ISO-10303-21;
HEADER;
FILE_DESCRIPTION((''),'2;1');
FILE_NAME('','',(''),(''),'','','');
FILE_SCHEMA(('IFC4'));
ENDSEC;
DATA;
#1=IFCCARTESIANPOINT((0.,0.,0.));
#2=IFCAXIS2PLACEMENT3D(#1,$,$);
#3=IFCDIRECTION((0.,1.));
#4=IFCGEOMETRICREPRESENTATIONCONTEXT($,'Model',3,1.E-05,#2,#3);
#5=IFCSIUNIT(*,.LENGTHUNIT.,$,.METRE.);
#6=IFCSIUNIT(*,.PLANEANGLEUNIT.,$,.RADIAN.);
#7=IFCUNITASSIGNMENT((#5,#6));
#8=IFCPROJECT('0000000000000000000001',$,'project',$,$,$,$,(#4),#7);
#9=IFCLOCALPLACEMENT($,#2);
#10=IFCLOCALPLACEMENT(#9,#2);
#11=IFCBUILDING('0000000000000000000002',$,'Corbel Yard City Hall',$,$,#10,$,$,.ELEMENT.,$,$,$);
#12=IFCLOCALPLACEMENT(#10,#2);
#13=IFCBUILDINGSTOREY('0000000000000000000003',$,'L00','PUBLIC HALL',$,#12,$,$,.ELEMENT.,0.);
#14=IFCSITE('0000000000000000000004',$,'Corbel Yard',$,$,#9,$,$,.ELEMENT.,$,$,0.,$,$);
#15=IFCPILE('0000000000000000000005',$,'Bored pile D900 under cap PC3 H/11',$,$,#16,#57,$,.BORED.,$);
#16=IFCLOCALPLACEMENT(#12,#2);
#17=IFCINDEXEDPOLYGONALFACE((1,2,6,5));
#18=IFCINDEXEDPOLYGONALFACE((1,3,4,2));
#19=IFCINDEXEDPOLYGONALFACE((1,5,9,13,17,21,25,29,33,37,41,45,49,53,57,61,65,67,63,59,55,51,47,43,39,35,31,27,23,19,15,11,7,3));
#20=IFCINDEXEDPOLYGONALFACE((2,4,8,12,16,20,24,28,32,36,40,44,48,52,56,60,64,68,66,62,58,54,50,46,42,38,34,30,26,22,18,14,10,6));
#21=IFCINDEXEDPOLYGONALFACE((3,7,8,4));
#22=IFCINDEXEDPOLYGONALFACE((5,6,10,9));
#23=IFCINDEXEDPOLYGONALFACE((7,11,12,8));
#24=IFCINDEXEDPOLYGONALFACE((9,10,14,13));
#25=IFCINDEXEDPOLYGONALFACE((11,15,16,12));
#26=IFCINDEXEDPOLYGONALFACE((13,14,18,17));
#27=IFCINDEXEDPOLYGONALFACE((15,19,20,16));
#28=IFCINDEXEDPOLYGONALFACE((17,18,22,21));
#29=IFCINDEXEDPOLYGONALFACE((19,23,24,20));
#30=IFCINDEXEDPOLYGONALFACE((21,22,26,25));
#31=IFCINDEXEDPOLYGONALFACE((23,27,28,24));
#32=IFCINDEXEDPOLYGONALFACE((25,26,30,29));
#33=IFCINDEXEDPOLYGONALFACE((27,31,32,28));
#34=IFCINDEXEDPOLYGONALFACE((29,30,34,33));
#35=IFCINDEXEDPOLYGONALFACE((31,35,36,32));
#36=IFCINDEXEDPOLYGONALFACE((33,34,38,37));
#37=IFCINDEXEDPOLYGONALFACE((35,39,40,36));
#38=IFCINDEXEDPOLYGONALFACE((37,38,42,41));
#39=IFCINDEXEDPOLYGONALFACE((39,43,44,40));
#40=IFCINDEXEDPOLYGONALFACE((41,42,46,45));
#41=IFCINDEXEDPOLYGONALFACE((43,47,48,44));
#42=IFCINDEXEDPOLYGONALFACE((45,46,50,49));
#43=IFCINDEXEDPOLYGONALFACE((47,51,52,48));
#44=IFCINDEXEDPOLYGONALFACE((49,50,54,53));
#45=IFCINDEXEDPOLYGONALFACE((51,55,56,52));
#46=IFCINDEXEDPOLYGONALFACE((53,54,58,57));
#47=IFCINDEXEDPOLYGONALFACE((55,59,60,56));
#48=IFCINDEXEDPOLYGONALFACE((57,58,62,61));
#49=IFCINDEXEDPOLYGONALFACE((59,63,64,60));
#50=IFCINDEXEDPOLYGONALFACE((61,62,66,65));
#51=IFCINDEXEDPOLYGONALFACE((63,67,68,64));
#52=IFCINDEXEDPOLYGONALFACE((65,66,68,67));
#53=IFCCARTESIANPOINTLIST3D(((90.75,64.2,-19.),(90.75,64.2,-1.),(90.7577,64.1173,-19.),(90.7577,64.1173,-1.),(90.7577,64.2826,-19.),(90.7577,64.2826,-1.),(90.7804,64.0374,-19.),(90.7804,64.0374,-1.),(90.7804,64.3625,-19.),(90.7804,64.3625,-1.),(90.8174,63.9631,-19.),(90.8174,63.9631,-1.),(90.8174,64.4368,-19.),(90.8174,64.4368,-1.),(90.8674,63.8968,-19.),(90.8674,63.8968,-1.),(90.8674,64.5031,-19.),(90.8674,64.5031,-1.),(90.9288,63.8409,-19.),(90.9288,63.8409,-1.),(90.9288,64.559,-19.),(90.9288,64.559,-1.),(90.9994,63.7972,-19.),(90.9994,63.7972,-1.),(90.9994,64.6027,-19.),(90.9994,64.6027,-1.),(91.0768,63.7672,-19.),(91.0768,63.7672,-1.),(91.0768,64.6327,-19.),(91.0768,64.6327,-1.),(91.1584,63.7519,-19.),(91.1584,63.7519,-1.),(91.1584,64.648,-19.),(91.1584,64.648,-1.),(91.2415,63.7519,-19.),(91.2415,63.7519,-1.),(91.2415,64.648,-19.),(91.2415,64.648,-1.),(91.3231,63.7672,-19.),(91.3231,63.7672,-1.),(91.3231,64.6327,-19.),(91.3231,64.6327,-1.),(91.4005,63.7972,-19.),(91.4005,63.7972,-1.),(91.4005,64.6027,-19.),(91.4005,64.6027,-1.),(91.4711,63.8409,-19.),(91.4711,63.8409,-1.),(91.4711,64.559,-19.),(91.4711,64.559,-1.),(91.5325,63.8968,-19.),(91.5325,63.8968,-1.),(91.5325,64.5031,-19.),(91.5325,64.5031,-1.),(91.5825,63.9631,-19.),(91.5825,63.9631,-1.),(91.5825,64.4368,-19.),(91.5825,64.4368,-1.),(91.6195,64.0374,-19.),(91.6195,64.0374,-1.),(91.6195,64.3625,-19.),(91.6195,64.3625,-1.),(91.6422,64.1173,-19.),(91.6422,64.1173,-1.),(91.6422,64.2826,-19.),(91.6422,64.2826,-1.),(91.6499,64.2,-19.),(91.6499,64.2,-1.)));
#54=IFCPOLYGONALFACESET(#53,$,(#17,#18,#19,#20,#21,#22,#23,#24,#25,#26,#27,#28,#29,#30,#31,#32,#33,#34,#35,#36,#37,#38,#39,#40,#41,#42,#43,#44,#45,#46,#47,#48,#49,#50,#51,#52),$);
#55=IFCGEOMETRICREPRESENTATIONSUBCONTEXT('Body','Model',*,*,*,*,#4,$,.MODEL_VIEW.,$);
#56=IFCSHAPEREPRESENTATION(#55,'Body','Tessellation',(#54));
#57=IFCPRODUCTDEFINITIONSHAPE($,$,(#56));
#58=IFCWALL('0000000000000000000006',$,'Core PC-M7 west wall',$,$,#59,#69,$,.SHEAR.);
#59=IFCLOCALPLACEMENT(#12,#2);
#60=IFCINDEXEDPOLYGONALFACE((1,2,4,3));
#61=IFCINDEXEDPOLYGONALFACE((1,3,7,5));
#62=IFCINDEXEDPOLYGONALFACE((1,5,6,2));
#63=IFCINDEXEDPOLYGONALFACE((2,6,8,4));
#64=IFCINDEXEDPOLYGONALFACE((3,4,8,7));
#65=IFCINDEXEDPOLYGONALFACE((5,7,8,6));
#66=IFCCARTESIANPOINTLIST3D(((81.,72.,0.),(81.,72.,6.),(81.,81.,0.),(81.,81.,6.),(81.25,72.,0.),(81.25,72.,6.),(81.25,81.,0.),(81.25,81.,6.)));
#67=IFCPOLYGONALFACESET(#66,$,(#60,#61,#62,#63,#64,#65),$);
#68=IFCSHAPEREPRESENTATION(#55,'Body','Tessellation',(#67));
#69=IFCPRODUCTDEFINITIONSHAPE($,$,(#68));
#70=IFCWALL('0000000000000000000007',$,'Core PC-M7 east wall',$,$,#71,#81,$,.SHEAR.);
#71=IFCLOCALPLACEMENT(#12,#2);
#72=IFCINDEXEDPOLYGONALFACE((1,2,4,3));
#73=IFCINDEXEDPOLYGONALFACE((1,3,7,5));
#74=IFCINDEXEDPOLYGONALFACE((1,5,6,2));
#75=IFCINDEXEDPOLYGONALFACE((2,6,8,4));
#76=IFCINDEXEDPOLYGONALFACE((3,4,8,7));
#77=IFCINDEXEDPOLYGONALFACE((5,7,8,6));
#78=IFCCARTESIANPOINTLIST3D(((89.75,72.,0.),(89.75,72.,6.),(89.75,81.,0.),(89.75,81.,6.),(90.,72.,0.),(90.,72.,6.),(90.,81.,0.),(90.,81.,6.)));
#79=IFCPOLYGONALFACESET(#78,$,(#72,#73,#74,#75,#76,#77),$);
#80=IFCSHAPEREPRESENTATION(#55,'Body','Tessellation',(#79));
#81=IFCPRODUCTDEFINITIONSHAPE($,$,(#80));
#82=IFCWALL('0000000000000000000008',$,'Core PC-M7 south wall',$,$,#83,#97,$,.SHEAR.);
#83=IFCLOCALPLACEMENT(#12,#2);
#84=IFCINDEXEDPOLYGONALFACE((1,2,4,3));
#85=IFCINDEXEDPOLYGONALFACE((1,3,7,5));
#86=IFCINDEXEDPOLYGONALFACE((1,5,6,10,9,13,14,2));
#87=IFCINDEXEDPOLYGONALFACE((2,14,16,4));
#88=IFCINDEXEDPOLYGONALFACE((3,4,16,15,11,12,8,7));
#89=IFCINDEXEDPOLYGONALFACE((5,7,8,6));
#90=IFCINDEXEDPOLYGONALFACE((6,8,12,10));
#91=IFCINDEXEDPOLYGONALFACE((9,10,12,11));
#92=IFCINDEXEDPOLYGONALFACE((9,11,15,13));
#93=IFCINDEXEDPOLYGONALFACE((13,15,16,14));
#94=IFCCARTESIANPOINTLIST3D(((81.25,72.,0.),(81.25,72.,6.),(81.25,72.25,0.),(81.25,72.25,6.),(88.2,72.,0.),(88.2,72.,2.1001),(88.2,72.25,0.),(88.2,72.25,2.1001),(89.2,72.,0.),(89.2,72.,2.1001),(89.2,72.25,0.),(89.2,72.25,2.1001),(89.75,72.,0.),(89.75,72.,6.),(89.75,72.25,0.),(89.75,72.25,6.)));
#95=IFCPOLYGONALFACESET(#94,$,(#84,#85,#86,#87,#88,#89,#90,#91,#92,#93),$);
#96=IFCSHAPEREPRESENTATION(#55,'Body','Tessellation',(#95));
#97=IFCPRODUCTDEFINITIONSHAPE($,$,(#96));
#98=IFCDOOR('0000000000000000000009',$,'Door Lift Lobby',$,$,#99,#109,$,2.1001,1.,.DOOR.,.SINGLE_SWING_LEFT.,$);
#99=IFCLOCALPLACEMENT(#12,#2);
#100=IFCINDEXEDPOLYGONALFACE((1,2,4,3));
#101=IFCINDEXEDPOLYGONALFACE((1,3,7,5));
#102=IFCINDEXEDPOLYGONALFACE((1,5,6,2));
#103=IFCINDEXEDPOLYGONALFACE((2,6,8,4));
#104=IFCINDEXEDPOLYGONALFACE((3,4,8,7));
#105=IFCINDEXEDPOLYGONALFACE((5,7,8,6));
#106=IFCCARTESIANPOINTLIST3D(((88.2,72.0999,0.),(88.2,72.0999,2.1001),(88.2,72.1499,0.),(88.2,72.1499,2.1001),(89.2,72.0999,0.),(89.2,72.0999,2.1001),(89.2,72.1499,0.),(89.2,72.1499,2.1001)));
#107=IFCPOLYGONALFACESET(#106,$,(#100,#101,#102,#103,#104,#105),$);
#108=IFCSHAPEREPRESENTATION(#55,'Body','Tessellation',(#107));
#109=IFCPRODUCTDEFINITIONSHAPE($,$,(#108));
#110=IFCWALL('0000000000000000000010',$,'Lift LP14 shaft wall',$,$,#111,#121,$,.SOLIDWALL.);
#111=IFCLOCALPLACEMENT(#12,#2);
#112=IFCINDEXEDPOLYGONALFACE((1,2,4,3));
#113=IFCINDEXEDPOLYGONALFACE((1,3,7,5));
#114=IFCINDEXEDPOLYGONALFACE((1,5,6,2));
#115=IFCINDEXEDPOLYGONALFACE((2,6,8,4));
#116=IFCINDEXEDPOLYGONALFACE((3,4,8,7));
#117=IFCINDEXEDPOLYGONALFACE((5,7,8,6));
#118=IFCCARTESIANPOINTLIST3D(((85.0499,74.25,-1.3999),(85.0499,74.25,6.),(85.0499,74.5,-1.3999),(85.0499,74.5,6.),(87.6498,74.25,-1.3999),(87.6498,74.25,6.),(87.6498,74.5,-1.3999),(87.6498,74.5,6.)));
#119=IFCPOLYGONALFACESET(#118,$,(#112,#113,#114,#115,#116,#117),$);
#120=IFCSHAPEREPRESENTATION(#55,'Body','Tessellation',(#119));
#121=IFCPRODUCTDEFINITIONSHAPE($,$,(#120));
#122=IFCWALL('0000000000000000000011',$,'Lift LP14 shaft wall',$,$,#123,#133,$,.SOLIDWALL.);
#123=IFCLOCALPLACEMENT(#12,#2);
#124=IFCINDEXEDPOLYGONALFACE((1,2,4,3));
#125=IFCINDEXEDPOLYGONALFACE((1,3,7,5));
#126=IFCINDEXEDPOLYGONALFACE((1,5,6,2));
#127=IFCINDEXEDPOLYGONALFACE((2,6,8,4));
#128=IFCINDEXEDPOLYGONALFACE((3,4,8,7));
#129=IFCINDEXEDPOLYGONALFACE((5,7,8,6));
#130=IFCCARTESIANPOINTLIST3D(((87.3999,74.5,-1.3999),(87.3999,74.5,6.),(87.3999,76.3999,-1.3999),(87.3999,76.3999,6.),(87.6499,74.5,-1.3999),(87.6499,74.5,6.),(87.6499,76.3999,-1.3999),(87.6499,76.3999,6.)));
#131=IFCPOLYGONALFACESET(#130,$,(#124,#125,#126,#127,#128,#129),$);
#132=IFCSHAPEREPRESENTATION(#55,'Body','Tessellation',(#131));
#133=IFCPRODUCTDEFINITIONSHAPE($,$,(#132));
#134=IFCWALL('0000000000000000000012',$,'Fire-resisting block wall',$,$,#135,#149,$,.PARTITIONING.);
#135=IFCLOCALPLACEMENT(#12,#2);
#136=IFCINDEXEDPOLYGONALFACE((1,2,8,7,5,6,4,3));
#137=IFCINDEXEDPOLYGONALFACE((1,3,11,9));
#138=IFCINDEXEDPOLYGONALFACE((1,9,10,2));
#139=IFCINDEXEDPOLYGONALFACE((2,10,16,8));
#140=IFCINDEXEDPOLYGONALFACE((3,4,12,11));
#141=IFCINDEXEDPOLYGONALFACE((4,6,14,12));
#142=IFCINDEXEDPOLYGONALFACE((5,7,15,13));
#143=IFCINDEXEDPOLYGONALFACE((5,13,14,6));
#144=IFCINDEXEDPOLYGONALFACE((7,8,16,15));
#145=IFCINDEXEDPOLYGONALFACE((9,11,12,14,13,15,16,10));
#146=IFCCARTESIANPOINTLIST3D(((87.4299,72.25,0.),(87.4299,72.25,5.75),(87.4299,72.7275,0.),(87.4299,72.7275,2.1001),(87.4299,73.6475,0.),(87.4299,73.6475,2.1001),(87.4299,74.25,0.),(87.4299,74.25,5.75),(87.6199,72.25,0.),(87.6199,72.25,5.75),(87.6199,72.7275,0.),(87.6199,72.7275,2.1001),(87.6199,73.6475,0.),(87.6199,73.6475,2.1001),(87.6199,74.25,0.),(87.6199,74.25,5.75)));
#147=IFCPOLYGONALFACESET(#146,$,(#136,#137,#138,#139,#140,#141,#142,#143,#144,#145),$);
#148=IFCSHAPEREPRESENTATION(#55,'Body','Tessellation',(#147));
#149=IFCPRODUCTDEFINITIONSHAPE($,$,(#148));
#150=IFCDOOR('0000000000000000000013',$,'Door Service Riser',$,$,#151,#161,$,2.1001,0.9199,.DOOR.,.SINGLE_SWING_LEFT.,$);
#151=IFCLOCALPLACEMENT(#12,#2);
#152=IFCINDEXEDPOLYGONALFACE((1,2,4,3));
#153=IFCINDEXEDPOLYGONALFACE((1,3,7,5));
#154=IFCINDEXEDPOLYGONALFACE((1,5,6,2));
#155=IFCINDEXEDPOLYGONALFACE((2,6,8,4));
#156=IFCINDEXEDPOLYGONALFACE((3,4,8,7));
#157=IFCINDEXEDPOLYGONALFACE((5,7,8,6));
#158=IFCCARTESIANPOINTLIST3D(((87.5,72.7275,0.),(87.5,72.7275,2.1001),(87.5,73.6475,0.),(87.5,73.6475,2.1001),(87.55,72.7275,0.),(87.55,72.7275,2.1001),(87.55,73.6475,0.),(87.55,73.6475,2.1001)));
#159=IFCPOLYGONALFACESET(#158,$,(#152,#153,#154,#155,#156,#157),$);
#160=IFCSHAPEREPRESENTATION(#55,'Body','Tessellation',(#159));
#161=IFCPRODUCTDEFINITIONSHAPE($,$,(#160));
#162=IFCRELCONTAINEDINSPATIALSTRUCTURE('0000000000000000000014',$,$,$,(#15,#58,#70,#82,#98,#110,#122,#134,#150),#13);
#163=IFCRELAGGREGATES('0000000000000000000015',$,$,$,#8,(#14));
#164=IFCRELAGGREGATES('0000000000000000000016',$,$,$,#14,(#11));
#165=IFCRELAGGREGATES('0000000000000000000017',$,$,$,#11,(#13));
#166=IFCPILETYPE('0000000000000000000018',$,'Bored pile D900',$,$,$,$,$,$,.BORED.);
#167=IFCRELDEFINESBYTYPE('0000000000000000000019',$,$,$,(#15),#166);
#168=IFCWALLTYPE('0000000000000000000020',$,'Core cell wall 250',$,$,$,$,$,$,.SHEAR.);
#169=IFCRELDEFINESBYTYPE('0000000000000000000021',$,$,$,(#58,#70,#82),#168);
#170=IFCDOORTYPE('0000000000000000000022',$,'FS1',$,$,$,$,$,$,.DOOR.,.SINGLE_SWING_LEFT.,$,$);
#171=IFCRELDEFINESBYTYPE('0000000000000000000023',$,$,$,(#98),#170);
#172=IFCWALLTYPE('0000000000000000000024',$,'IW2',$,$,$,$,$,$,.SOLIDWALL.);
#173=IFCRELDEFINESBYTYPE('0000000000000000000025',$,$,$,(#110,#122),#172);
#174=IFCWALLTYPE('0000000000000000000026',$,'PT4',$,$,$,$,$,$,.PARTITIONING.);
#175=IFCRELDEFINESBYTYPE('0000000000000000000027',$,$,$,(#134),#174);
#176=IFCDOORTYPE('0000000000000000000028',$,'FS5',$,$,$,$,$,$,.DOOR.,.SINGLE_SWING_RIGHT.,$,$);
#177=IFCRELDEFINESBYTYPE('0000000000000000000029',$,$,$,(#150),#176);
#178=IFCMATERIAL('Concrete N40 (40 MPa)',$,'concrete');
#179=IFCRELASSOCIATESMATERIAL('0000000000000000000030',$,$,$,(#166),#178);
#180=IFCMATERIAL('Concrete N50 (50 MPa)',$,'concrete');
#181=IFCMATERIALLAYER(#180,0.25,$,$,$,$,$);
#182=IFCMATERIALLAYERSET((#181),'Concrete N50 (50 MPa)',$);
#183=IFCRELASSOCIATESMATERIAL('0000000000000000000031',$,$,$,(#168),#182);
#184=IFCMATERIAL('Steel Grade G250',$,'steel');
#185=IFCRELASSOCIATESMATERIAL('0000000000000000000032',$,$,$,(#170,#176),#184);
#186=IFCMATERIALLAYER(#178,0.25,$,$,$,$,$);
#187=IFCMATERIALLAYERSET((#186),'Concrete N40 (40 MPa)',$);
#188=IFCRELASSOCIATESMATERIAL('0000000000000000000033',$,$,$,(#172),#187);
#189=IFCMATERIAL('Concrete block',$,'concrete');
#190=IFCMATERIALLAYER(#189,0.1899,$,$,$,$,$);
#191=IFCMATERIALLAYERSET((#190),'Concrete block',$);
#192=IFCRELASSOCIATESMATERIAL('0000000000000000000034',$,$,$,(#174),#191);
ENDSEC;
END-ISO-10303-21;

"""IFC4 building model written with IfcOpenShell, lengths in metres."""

from ifc_helpers import new_model, si_unit, direction, frame, frame_2d, origin, origin_2d, place, context, subcontext, project, spatial, rectangle, circle, extrude, material, layer, layer_set, material_profile, profile_set, type_object, element, fill, save


model = new_model("IFC4")

# Units and contexts
model_context = context("Model", 3, precision=1e-05, world=origin(), true_north=direction((0.0, 1.0)))
body_context = subcontext(model_context, "Body", "Model", "MODEL_VIEW")
ifc_project = project(units=[si_unit("LENGTHUNIT", "METRE"), si_unit("PLANEANGLEUNIT", "RADIAN")], contexts=[model_context])

# Site, building, storey
site_placement = place(None, origin())
site = spatial("IfcSite", under=ifc_project, at=site_placement, Name="Corbel Yard", CompositionType="ELEMENT", RefElevation=0.0)
building_placement = place(site_placement, origin())
building = spatial("IfcBuilding", under=site, at=building_placement, Name="Corbel Yard City Hall", CompositionType="ELEMENT")
storey_placement = place(building_placement, origin())
storey = spatial("IfcBuildingStorey", under=building, at=storey_placement, Name="L00", Description="PUBLIC HALL", CompositionType="ELEMENT", Elevation=0.0)

# Pile
ifc_material_1 = material(Name="Concrete N40 (40 MPa)", Category="concrete")
ifc_material_profile_1 = material_profile(ifc_material_1, circle(Radius=0.45, at=origin_2d()), Name="D900")
ifc_profile_set_1 = profile_set([ifc_material_profile_1], Name="Concrete N40 (40 MPa)")
pile_type_1 = type_object("IfcPileType", Name="Bored pile D900", PredefinedType="BORED", material=ifc_profile_set_1)
for number, where, z_axis, x_axis, name in (
    (1, (91.2, 64.2, -1.0), (0.0, 0.0, -1.0), (1.0, 0.0, 0.0), "Bored pile D900 under cap PC3 H/11"),
):
    element("IfcPile", number, at=place(storey_placement, frame(where, z_axis=z_axis, x_axis=x_axis)), inside=storey, type_object=pile_type_1, Name=name, PredefinedType="BORED", context=body_context, shape_type="SweptSolid", body=[
        extrude(circle(Radius=0.45, at=origin_2d()), origin(), (0.0, 0.0, 1.0), 18.0),
    ])

# Walls
ifc_material_2 = material(Name="Concrete N50 (50 MPa)", Category="concrete")
ifc_layer_1 = layer(ifc_material_2, 0.25)
ifc_layer_set_1 = layer_set([ifc_layer_1], Name="Concrete N50 (50 MPa)")
wall_type_1 = type_object("IfcWallType", Name="Core cell wall 250", PredefinedType="SHEAR", material=ifc_layer_set_1)
for number, where, z_axis, x_axis, name in (
    (2, (81.125, 72.0, 0.0), (0.0, 0.0, 1.0), (0.0, 1.0, 0.0), "Core PC-M7 west wall"),
    (3, (89.875, 72.0, 0.0), (0.0, 0.0, 1.0), (0.0, 1.0, 0.0), "Core PC-M7 east wall"),
):
    element("IfcWall", number, at=place(storey_placement, frame(where, z_axis=z_axis, x_axis=x_axis)), inside=storey, type_object=wall_type_1, Name=name, PredefinedType="SHEAR", context=body_context, shape_type="SweptSolid", body=[
        extrude(rectangle(XDim=9.0, YDim=0.25, at=frame_2d((4.5, 0.0))), origin(), (0.0, 0.0, 1.0), 6.0),
    ])

# Wall, opening, door
wall_1_placement = place(storey_placement, frame((81.25, 72.125, 0.0), z_axis=(0.0, 0.0, 1.0), x_axis=(1.0, 0.0, 0.0)))
wall_1 = element("IfcWall", 4, at=wall_1_placement, inside=storey, type_object=wall_type_1, Name="Core PC-M7 south wall", PredefinedType="SHEAR", context=body_context, shape_type="SweptSolid", body=[
    extrude(rectangle(XDim=8.5, YDim=0.25, at=frame_2d((4.25, 0.0))), origin(), (0.0, 0.0, 1.0), 6.0),
])
opening_1_placement = place(wall_1_placement, frame((6.95, 0.0, 0.0)))
opening_1 = element("IfcOpeningElement", 5, at=opening_1_placement, cuts=wall_1, PredefinedType="OPENING", context=body_context, shape_type="SweptSolid", body=[
    extrude(rectangle(XDim=1.0, YDim=2.1001, at=frame_2d((0.5, 1.05))), frame((0.0, 0.135, 0.0), z_axis=(0.0, -1.0, 0.0), x_axis=(1.0, 0.0, 0.0)), (0.0, 0.0, 1.0), 0.27),
])
ifc_material_3 = material(Name="Steel Grade G250", Category="steel")
door_type_1 = type_object("IfcDoorType", Name="FS1", OperationType="SINGLE_SWING_LEFT", PredefinedType="DOOR", material=ifc_material_3)
door_1_placement = place(opening_1_placement, origin())
door_1 = element("IfcDoor", 6, at=door_1_placement, inside=storey, type_object=door_type_1, Name="Door Lift Lobby", OperationType="SINGLE_SWING_LEFT", OverallHeight=2.1001, OverallWidth=1.0, PredefinedType="DOOR", context=body_context, shape_type="SweptSolid", body=[
    extrude(rectangle(XDim=1.0, YDim=2.1001, at=frame_2d((0.5, 1.05))), frame((0.0, 0.0249, 0.0), z_axis=(0.0, -1.0, 0.0), x_axis=(1.0, 0.0, 0.0)), (0.0, 0.0, 1.0), 0.05),
])
fill(opening_1, door_1)

# Walls
ifc_layer_2 = layer(ifc_material_1, 0.25)
ifc_layer_set_2 = layer_set([ifc_layer_2], Name="Concrete N40 (40 MPa)")
wall_type_2 = type_object("IfcWallType", Name="IW2", PredefinedType="SOLIDWALL", material=ifc_layer_set_2)
wall_2_placement = place(storey_placement, frame((85.05, 74.375, -1.3999), z_axis=(0.0, 0.0, 1.0), x_axis=(1.0, 0.0, 0.0)))
element("IfcWall", 7, at=wall_2_placement, inside=storey, type_object=wall_type_2, Name="Lift LP14 shaft wall", PredefinedType="SOLIDWALL", context=body_context, shape_type="SweptSolid", body=[
    extrude(rectangle(XDim=2.5999, YDim=0.25, at=frame_2d((1.2998, 0.0))), origin(), (0.0, 0.0, 1.0), 7.3999),
])
wall_3_placement = place(storey_placement, frame((87.5249, 74.5, -1.3999), z_axis=(0.0, 0.0, 1.0), x_axis=(0.0, 1.0, 0.0)))
element("IfcWall", 8, at=wall_3_placement, inside=storey, type_object=wall_type_2, Name="Lift LP14 shaft wall", PredefinedType="SOLIDWALL", context=body_context, shape_type="SweptSolid", body=[
    extrude(rectangle(XDim=1.8999, YDim=0.25, at=frame_2d((0.95, 0.0))), origin(), (0.0, 0.0, 1.0), 7.3999),
])

# Wall, opening, door
ifc_material_4 = material(Name="Concrete block", Category="concrete")
ifc_layer_3 = layer(ifc_material_4, 0.1899)
ifc_layer_set_3 = layer_set([ifc_layer_3], Name="Concrete block")
wall_type_3 = type_object("IfcWallType", Name="PT4", PredefinedType="PARTITIONING", material=ifc_layer_set_3)
wall_4_placement = place(storey_placement, frame((87.5249, 72.25, 0.0), z_axis=(0.0, 0.0, 1.0), x_axis=(0.0, 1.0, 0.0)))
wall_4 = element("IfcWall", 9, at=wall_4_placement, inside=storey, type_object=wall_type_3, Name="Fire-resisting block wall", PredefinedType="PARTITIONING", context=body_context, shape_type="SweptSolid", body=[
    extrude(rectangle(XDim=2.0, YDim=0.1899, at=frame_2d((1.0, 0.0))), origin(), (0.0, 0.0, 1.0), 5.75),
])
opening_2_placement = place(wall_4_placement, frame((0.4775, 0.0, 0.0)))
opening_2 = element("IfcOpeningElement", 10, at=opening_2_placement, cuts=wall_4, PredefinedType="OPENING", context=body_context, shape_type="SweptSolid", body=[
    extrude(rectangle(XDim=0.9199, YDim=2.1001, at=frame_2d((0.46, 1.05))), frame((0.0, 0.105, 0.0), z_axis=(0.0, -1.0, 0.0), x_axis=(1.0, 0.0, 0.0)), (0.0, 0.0, 1.0), 0.21),
])
door_type_2 = type_object("IfcDoorType", Name="FS5", OperationType="SINGLE_SWING_RIGHT", PredefinedType="DOOR", material=ifc_material_3)
door_2_placement = place(opening_2_placement, origin())
door_2 = element("IfcDoor", 11, at=door_2_placement, inside=storey, type_object=door_type_2, Name="Door Service Riser", OperationType="SINGLE_SWING_LEFT", OverallHeight=2.1001, OverallWidth=0.9199, PredefinedType="DOOR", context=body_context, shape_type="SweptSolid", body=[
    extrude(rectangle(XDim=0.9199, YDim=2.1001, at=frame_2d((0.46, 1.05))), frame((0.0, 0.0249, 0.0), z_axis=(0.0, -1.0, 0.0), x_axis=(1.0, 0.0, 0.0)), (0.0, 0.0, 1.0), 0.05),
])
fill(opening_2, door_2)

save(model, "model.ifc")
